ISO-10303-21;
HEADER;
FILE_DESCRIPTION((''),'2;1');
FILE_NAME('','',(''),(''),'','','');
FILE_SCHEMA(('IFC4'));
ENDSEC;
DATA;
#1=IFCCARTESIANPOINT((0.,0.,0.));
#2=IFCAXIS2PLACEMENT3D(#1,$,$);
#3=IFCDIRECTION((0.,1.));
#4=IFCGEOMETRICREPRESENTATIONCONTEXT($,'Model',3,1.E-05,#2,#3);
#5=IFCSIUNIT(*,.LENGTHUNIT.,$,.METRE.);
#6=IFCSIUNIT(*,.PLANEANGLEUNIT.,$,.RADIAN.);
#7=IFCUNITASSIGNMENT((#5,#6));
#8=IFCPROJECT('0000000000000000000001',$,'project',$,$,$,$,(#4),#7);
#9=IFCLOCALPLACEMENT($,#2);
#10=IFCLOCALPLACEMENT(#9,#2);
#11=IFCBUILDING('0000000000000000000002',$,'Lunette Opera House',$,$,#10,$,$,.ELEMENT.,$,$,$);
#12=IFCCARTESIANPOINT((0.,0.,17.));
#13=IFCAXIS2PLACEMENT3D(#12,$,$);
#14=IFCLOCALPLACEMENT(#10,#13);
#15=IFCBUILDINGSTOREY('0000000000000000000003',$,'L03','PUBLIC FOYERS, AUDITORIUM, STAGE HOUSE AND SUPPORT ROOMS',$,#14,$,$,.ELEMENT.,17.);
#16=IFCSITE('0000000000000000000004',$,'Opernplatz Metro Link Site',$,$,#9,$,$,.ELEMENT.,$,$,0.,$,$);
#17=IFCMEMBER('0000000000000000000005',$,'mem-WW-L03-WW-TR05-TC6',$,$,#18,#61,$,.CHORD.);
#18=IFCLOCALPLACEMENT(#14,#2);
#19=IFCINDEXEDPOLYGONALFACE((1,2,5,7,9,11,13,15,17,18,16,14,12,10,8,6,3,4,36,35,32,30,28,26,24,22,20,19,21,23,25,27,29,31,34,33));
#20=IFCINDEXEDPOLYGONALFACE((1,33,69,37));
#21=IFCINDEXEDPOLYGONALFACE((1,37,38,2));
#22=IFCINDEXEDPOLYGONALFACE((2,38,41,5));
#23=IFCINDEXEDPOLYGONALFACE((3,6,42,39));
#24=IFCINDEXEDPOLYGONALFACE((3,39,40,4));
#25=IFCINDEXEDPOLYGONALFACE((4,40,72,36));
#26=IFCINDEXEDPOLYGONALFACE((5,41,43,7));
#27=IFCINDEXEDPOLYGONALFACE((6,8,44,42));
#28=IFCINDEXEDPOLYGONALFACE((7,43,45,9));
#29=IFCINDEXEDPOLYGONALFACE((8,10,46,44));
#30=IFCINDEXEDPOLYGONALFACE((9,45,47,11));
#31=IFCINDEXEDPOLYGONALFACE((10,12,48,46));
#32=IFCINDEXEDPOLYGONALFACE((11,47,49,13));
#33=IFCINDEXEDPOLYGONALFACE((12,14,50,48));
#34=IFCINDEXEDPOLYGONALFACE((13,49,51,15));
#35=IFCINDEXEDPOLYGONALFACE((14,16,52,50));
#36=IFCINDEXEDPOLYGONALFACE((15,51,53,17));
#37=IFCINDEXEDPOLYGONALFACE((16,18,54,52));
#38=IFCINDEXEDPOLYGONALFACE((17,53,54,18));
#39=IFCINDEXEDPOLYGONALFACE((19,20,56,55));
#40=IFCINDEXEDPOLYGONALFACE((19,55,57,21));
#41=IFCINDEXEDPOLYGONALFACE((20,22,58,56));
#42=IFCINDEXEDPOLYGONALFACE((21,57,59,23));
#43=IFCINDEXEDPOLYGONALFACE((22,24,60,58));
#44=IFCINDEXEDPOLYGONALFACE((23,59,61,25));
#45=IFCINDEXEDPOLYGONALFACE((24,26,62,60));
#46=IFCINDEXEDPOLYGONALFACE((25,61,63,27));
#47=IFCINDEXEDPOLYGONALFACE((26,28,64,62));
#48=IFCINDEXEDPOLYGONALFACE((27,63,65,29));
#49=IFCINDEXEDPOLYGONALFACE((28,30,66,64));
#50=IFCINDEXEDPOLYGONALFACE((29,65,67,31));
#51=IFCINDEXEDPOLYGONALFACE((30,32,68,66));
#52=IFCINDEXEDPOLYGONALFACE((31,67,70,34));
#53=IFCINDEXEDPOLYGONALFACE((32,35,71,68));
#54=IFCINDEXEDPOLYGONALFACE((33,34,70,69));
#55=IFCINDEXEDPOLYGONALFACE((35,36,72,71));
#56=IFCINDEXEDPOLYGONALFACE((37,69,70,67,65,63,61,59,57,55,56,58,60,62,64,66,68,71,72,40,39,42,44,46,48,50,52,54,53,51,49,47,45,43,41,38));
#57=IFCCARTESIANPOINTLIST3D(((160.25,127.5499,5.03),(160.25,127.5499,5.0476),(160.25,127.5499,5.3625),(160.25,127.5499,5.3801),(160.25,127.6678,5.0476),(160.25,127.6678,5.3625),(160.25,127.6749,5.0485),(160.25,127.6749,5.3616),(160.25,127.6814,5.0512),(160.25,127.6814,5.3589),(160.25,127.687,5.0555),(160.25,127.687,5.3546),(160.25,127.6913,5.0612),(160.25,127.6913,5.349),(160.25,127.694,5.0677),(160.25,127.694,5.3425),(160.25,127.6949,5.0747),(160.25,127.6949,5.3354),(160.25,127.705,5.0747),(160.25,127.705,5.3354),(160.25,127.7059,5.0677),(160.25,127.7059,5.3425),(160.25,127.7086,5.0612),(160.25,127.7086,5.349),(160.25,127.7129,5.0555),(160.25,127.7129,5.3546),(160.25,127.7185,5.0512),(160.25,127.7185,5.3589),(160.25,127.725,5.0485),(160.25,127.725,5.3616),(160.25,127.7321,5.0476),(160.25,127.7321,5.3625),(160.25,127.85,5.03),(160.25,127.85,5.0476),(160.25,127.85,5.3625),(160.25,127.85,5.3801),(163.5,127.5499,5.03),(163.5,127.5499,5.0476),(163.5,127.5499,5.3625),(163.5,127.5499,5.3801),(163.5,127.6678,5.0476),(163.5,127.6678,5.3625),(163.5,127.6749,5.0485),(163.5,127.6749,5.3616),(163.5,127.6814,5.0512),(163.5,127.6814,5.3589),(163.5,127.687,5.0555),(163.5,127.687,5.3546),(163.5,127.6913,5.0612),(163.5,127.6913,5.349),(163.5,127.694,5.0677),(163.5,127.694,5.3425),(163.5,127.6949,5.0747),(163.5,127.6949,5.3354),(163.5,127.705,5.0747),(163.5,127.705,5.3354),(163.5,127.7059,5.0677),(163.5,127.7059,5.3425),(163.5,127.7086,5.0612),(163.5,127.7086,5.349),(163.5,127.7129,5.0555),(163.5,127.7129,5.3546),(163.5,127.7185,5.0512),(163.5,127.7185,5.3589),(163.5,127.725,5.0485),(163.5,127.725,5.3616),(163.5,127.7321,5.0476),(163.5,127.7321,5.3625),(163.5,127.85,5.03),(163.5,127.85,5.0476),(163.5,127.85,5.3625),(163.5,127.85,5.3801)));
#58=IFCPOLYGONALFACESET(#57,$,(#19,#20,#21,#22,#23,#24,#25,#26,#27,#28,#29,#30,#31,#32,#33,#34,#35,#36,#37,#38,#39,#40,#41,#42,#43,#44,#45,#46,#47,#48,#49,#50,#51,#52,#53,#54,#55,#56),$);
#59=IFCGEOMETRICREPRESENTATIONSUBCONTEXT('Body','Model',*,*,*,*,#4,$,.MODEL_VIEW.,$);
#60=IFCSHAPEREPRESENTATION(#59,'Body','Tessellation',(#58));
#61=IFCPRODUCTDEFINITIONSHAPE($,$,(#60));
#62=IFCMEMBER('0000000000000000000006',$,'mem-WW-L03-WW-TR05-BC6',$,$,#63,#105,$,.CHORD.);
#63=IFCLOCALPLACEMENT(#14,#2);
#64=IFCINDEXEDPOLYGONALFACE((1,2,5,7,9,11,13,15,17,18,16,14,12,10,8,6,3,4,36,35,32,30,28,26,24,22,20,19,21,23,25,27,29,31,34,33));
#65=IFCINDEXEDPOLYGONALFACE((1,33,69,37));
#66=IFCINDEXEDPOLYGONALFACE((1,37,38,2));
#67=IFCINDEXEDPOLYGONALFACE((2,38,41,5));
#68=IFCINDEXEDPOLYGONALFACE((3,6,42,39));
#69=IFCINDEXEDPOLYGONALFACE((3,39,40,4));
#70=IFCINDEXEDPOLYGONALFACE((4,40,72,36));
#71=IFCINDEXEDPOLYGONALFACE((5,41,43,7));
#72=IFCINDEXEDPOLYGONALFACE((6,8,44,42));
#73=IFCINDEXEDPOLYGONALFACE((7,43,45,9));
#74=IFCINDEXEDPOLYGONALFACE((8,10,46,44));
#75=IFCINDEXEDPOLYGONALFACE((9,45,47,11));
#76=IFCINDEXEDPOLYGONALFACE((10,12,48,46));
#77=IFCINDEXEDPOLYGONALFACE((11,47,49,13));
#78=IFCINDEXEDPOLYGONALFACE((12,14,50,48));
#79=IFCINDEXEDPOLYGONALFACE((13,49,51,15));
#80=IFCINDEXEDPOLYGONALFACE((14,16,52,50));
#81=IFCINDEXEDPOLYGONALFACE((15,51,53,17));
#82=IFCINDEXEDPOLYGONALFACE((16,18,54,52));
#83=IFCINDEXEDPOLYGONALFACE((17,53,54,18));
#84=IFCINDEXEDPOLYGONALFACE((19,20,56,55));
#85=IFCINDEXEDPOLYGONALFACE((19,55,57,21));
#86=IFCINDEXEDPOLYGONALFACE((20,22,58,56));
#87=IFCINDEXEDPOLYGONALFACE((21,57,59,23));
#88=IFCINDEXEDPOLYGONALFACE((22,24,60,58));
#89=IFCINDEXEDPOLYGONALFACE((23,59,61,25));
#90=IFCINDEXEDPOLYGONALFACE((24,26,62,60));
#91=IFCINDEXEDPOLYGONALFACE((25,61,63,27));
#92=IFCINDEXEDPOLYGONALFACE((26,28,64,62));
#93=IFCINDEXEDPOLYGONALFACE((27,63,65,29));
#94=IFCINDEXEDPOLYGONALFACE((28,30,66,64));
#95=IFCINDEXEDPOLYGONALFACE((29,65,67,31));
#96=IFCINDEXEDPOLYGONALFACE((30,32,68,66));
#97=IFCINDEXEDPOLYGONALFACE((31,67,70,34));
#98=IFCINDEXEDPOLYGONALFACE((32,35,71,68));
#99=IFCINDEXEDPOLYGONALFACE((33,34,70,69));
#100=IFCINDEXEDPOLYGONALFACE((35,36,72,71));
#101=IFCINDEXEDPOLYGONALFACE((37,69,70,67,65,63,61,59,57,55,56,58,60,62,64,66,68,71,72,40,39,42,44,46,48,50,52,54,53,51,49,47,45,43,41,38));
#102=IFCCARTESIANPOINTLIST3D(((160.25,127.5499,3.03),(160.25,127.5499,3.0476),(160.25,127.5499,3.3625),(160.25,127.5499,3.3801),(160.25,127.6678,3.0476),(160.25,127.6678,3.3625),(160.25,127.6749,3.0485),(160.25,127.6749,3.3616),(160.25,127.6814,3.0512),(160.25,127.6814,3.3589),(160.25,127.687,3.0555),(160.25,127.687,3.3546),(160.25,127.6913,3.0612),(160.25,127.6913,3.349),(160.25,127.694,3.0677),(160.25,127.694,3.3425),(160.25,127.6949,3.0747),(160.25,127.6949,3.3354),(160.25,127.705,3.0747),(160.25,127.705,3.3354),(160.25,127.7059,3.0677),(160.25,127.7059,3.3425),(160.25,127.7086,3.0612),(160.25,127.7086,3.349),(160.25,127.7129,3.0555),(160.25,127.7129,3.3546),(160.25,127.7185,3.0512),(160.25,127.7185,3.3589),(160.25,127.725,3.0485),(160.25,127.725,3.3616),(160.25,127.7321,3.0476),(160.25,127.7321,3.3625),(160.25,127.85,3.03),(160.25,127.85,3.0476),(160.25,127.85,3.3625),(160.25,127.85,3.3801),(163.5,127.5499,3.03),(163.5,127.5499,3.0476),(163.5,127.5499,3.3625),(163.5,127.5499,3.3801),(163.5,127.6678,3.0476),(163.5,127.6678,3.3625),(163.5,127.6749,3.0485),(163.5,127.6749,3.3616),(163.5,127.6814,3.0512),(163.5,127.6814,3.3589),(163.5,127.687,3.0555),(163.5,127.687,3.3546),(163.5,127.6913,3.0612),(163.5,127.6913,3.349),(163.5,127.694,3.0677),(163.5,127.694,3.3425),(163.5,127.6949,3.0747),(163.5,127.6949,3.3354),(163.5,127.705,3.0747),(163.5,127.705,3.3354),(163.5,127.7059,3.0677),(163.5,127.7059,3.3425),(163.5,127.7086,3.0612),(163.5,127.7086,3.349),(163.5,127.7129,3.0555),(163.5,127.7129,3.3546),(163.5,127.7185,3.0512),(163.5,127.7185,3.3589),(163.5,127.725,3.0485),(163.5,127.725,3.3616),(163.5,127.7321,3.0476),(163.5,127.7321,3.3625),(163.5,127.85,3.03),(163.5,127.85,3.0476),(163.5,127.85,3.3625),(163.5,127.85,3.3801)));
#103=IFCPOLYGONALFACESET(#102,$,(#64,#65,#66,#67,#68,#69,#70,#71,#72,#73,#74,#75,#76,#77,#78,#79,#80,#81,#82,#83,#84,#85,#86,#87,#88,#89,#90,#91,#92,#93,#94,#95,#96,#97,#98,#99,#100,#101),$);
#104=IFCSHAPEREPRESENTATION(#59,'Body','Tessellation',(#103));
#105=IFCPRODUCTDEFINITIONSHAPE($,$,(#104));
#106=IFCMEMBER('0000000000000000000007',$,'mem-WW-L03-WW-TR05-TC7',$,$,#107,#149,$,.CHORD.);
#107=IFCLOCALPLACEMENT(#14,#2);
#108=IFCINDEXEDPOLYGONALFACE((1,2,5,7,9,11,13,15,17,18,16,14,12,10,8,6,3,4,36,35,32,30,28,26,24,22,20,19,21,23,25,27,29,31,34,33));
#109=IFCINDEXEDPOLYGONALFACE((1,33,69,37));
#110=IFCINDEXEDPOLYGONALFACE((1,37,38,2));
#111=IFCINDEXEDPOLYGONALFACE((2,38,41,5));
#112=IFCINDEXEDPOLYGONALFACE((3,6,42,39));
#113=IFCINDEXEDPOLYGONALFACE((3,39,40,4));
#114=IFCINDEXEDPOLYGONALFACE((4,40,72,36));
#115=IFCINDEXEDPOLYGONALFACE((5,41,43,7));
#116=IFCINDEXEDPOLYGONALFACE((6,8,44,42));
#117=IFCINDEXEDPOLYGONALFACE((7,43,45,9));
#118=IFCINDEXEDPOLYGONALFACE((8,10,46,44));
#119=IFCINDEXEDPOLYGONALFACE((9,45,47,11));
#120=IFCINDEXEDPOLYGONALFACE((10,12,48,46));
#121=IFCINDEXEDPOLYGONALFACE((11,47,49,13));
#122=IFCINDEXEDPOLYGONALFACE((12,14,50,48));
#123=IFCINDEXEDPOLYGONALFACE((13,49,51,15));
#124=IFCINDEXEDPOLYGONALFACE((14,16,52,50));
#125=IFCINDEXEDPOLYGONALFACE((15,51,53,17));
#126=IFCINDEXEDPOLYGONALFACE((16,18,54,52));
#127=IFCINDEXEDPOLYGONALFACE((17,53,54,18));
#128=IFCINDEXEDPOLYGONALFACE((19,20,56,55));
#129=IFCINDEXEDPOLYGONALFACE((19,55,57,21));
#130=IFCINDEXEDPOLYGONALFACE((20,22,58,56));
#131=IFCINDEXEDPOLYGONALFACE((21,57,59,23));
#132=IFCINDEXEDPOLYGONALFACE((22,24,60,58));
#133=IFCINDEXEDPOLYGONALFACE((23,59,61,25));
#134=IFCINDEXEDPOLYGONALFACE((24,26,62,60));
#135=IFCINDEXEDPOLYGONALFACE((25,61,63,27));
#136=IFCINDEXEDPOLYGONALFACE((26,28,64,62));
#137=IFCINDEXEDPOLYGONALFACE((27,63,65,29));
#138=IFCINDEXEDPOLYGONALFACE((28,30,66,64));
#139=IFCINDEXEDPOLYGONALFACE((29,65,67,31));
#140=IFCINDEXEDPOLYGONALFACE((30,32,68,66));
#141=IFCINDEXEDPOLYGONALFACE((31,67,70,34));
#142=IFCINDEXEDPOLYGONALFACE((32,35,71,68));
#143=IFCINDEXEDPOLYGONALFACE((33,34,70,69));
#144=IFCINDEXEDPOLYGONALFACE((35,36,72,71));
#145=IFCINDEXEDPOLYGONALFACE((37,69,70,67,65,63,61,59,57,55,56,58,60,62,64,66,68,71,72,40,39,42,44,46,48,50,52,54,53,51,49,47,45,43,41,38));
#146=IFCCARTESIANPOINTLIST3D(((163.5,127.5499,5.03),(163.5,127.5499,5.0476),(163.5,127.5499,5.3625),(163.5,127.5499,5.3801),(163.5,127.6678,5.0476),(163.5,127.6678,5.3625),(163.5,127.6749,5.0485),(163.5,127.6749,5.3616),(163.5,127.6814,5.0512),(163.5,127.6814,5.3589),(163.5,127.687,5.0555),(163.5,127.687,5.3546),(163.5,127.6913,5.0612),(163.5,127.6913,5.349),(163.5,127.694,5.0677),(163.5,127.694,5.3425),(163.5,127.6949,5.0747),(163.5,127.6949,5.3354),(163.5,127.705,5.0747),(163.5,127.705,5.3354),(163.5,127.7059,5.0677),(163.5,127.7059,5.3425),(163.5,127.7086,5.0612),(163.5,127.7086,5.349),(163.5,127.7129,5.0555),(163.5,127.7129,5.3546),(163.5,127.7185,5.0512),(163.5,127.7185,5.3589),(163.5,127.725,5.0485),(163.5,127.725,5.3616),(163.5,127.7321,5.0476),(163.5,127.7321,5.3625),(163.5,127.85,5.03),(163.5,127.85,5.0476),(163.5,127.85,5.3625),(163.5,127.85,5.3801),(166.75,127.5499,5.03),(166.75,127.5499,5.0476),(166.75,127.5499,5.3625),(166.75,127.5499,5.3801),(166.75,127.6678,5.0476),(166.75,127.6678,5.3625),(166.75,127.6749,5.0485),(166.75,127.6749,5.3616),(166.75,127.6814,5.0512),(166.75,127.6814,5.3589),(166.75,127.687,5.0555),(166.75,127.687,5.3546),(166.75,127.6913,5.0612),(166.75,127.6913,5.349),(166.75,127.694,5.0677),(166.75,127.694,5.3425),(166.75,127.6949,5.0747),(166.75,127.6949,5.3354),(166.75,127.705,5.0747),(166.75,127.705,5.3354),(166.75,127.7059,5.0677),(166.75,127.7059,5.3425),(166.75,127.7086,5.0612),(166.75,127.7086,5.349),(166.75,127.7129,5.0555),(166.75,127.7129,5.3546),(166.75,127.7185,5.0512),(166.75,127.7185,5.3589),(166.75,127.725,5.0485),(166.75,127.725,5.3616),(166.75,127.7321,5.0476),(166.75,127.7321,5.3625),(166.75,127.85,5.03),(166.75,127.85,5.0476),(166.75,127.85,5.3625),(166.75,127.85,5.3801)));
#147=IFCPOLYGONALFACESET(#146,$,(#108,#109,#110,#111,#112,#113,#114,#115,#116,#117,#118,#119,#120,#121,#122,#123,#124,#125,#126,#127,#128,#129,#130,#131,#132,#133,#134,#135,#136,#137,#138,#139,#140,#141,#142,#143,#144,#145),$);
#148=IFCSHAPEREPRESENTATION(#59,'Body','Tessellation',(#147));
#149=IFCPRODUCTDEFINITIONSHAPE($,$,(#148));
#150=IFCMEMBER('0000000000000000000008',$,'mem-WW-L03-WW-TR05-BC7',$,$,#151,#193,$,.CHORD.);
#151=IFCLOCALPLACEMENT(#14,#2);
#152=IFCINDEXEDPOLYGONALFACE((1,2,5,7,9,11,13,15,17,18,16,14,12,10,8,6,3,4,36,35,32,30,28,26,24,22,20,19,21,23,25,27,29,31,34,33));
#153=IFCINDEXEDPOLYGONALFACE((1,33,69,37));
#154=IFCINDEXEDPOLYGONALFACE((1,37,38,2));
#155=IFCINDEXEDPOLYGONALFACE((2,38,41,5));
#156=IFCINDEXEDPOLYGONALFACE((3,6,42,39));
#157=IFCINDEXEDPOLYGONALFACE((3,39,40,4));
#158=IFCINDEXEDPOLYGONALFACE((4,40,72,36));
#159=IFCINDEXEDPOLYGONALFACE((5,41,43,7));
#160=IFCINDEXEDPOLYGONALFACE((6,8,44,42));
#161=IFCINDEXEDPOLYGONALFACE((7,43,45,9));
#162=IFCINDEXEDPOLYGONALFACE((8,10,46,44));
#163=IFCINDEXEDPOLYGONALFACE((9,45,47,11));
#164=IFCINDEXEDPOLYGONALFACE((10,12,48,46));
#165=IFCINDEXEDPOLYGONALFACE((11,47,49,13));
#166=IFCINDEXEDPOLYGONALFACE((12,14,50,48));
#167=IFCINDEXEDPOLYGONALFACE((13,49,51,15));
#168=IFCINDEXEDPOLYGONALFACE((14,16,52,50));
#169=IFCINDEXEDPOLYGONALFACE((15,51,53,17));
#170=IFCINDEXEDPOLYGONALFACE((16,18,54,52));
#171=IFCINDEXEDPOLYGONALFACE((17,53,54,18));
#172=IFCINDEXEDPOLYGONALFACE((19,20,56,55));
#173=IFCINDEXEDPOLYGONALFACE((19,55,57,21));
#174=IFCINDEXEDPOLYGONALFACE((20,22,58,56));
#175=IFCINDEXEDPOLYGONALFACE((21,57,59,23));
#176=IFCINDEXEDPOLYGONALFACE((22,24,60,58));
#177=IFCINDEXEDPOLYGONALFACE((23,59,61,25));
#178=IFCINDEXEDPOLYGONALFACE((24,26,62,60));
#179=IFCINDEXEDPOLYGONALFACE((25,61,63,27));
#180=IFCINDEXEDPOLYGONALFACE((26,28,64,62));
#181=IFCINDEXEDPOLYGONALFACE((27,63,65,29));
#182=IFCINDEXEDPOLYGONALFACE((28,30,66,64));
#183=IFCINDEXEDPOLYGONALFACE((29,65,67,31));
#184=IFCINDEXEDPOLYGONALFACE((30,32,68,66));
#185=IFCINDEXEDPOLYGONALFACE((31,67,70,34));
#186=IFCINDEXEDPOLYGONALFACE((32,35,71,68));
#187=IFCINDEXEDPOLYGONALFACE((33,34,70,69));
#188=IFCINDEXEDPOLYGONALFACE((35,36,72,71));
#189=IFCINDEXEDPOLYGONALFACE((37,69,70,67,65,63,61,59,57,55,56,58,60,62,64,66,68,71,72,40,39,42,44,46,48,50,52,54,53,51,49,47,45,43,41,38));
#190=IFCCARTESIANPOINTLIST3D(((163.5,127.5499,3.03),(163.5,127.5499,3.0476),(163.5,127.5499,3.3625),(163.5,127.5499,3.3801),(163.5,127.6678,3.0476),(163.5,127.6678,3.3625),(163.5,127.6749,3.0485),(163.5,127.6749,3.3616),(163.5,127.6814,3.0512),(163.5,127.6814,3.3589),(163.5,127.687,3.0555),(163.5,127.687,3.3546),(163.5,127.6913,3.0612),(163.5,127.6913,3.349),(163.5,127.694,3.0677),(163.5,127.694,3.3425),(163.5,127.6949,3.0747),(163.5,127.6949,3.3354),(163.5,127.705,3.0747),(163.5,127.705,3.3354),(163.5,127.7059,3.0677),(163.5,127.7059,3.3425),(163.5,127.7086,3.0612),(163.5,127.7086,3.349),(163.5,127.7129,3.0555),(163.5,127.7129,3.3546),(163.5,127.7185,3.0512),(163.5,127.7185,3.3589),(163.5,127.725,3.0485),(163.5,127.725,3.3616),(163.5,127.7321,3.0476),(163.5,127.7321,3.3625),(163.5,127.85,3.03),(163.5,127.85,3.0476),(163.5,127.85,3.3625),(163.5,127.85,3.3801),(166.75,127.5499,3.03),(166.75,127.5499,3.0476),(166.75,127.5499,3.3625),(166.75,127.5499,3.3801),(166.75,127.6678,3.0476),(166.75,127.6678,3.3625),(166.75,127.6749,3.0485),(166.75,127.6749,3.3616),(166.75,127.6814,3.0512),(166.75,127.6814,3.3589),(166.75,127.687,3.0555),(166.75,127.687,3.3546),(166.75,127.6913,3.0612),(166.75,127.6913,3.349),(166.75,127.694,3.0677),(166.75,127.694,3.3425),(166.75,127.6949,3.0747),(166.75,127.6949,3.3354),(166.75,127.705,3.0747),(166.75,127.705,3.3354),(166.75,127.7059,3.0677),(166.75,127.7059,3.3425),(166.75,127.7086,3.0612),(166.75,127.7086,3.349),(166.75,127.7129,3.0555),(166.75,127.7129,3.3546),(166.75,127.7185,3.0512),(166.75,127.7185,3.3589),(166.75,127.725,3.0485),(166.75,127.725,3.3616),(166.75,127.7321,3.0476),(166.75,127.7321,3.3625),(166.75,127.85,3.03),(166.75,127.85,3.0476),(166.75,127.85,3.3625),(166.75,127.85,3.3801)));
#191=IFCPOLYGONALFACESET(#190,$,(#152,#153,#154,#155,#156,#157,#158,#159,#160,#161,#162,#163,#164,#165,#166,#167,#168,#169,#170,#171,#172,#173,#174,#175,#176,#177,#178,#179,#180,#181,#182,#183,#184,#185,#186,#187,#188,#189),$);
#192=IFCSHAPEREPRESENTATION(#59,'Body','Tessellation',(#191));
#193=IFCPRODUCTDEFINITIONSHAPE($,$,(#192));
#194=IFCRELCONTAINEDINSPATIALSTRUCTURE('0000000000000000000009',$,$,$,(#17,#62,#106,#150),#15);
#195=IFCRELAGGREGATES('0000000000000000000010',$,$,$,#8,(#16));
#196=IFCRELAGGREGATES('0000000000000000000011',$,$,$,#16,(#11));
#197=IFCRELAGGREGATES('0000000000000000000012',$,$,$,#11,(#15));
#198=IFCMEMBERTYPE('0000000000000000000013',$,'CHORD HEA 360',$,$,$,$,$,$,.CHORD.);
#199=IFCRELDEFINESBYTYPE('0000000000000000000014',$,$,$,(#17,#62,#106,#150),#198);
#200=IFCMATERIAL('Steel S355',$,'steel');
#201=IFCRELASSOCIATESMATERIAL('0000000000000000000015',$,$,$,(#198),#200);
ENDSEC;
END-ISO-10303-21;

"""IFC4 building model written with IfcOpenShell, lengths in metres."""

from ifc_helpers import new_model, si_unit, direction, frame, origin, origin_2d, place, context, subcontext, project, spatial, i_section, extrude, material, material_profile, profile_set, type_object, element, save


model = new_model("IFC4")

# Units and contexts
model_context = context("Model", 3, precision=1e-05, world=origin(), true_north=direction((0.0, 1.0)))
body_context = subcontext(model_context, "Body", "Model", "MODEL_VIEW")
ifc_project = project(units=[si_unit("LENGTHUNIT", "METRE"), si_unit("PLANEANGLEUNIT", "RADIAN")], contexts=[model_context])

# Site, building, storey
site_placement = place(None, origin())
site = spatial("IfcSite", under=ifc_project, at=site_placement, Name="Opernplatz Metro Link Site", CompositionType="ELEMENT", RefElevation=0.0)
building_placement = place(site_placement, origin())
building = spatial("IfcBuilding", under=site, at=building_placement, Name="Lunette Opera House", CompositionType="ELEMENT")
storey_placement = place(building_placement, frame((0.0, 0.0, 17.0)))
storey = spatial("IfcBuildingStorey", under=building, at=storey_placement, Name="L03", Description="PUBLIC FOYERS, AUDITORIUM, STAGE HOUSE AND SUPPORT ROOMS", CompositionType="ELEMENT", Elevation=17.0)

# Members
ifc_material_1 = material(Name="Steel S355", Category="steel")
ifc_material_profile_1 = material_profile(ifc_material_1, i_section(OverallWidth=0.3, OverallDepth=0.3501, WebThickness=0.01, FlangeThickness=0.0176, FilletRadius=0.0271, at=origin_2d()), Name="HEA 360")
ifc_profile_set_1 = profile_set([ifc_material_profile_1], Name="Steel S355")
member_type_1 = type_object("IfcMemberType", Name="CHORD HEA 360", PredefinedType="CHORD", material=ifc_profile_set_1)
for number, where, z_axis, x_axis, name in (
    (1, (160.25, 127.7, 5.2051), (1.0, 0.0, 0.0), (0.0, 1.0, 0.0), "mem-WW-L03-WW-TR05-TC6"),
    (2, (160.25, 127.7, 3.2051), (1.0, 0.0, 0.0), (0.0, 1.0, 0.0), "mem-WW-L03-WW-TR05-BC6"),
    (3, (163.5, 127.7, 5.2051), (1.0, 0.0, 0.0), (0.0, 1.0, 0.0), "mem-WW-L03-WW-TR05-TC7"),
    (4, (163.5, 127.7, 3.2051), (1.0, 0.0, 0.0), (0.0, 1.0, 0.0), "mem-WW-L03-WW-TR05-BC7"),
):
    element("IfcMember", number, at=place(storey_placement, frame(where, z_axis=z_axis, x_axis=x_axis)), inside=storey, type_object=member_type_1, Name=name, PredefinedType="CHORD", context=body_context, shape_type="SweptSolid", body=[
        extrude(i_section(OverallWidth=0.3, OverallDepth=0.3501, WebThickness=0.01, FlangeThickness=0.0176, FilletRadius=0.0271, at=origin_2d()), origin(), (0.0, 0.0, 1.0), 3.25),
    ])

save(model, "model.ifc")
